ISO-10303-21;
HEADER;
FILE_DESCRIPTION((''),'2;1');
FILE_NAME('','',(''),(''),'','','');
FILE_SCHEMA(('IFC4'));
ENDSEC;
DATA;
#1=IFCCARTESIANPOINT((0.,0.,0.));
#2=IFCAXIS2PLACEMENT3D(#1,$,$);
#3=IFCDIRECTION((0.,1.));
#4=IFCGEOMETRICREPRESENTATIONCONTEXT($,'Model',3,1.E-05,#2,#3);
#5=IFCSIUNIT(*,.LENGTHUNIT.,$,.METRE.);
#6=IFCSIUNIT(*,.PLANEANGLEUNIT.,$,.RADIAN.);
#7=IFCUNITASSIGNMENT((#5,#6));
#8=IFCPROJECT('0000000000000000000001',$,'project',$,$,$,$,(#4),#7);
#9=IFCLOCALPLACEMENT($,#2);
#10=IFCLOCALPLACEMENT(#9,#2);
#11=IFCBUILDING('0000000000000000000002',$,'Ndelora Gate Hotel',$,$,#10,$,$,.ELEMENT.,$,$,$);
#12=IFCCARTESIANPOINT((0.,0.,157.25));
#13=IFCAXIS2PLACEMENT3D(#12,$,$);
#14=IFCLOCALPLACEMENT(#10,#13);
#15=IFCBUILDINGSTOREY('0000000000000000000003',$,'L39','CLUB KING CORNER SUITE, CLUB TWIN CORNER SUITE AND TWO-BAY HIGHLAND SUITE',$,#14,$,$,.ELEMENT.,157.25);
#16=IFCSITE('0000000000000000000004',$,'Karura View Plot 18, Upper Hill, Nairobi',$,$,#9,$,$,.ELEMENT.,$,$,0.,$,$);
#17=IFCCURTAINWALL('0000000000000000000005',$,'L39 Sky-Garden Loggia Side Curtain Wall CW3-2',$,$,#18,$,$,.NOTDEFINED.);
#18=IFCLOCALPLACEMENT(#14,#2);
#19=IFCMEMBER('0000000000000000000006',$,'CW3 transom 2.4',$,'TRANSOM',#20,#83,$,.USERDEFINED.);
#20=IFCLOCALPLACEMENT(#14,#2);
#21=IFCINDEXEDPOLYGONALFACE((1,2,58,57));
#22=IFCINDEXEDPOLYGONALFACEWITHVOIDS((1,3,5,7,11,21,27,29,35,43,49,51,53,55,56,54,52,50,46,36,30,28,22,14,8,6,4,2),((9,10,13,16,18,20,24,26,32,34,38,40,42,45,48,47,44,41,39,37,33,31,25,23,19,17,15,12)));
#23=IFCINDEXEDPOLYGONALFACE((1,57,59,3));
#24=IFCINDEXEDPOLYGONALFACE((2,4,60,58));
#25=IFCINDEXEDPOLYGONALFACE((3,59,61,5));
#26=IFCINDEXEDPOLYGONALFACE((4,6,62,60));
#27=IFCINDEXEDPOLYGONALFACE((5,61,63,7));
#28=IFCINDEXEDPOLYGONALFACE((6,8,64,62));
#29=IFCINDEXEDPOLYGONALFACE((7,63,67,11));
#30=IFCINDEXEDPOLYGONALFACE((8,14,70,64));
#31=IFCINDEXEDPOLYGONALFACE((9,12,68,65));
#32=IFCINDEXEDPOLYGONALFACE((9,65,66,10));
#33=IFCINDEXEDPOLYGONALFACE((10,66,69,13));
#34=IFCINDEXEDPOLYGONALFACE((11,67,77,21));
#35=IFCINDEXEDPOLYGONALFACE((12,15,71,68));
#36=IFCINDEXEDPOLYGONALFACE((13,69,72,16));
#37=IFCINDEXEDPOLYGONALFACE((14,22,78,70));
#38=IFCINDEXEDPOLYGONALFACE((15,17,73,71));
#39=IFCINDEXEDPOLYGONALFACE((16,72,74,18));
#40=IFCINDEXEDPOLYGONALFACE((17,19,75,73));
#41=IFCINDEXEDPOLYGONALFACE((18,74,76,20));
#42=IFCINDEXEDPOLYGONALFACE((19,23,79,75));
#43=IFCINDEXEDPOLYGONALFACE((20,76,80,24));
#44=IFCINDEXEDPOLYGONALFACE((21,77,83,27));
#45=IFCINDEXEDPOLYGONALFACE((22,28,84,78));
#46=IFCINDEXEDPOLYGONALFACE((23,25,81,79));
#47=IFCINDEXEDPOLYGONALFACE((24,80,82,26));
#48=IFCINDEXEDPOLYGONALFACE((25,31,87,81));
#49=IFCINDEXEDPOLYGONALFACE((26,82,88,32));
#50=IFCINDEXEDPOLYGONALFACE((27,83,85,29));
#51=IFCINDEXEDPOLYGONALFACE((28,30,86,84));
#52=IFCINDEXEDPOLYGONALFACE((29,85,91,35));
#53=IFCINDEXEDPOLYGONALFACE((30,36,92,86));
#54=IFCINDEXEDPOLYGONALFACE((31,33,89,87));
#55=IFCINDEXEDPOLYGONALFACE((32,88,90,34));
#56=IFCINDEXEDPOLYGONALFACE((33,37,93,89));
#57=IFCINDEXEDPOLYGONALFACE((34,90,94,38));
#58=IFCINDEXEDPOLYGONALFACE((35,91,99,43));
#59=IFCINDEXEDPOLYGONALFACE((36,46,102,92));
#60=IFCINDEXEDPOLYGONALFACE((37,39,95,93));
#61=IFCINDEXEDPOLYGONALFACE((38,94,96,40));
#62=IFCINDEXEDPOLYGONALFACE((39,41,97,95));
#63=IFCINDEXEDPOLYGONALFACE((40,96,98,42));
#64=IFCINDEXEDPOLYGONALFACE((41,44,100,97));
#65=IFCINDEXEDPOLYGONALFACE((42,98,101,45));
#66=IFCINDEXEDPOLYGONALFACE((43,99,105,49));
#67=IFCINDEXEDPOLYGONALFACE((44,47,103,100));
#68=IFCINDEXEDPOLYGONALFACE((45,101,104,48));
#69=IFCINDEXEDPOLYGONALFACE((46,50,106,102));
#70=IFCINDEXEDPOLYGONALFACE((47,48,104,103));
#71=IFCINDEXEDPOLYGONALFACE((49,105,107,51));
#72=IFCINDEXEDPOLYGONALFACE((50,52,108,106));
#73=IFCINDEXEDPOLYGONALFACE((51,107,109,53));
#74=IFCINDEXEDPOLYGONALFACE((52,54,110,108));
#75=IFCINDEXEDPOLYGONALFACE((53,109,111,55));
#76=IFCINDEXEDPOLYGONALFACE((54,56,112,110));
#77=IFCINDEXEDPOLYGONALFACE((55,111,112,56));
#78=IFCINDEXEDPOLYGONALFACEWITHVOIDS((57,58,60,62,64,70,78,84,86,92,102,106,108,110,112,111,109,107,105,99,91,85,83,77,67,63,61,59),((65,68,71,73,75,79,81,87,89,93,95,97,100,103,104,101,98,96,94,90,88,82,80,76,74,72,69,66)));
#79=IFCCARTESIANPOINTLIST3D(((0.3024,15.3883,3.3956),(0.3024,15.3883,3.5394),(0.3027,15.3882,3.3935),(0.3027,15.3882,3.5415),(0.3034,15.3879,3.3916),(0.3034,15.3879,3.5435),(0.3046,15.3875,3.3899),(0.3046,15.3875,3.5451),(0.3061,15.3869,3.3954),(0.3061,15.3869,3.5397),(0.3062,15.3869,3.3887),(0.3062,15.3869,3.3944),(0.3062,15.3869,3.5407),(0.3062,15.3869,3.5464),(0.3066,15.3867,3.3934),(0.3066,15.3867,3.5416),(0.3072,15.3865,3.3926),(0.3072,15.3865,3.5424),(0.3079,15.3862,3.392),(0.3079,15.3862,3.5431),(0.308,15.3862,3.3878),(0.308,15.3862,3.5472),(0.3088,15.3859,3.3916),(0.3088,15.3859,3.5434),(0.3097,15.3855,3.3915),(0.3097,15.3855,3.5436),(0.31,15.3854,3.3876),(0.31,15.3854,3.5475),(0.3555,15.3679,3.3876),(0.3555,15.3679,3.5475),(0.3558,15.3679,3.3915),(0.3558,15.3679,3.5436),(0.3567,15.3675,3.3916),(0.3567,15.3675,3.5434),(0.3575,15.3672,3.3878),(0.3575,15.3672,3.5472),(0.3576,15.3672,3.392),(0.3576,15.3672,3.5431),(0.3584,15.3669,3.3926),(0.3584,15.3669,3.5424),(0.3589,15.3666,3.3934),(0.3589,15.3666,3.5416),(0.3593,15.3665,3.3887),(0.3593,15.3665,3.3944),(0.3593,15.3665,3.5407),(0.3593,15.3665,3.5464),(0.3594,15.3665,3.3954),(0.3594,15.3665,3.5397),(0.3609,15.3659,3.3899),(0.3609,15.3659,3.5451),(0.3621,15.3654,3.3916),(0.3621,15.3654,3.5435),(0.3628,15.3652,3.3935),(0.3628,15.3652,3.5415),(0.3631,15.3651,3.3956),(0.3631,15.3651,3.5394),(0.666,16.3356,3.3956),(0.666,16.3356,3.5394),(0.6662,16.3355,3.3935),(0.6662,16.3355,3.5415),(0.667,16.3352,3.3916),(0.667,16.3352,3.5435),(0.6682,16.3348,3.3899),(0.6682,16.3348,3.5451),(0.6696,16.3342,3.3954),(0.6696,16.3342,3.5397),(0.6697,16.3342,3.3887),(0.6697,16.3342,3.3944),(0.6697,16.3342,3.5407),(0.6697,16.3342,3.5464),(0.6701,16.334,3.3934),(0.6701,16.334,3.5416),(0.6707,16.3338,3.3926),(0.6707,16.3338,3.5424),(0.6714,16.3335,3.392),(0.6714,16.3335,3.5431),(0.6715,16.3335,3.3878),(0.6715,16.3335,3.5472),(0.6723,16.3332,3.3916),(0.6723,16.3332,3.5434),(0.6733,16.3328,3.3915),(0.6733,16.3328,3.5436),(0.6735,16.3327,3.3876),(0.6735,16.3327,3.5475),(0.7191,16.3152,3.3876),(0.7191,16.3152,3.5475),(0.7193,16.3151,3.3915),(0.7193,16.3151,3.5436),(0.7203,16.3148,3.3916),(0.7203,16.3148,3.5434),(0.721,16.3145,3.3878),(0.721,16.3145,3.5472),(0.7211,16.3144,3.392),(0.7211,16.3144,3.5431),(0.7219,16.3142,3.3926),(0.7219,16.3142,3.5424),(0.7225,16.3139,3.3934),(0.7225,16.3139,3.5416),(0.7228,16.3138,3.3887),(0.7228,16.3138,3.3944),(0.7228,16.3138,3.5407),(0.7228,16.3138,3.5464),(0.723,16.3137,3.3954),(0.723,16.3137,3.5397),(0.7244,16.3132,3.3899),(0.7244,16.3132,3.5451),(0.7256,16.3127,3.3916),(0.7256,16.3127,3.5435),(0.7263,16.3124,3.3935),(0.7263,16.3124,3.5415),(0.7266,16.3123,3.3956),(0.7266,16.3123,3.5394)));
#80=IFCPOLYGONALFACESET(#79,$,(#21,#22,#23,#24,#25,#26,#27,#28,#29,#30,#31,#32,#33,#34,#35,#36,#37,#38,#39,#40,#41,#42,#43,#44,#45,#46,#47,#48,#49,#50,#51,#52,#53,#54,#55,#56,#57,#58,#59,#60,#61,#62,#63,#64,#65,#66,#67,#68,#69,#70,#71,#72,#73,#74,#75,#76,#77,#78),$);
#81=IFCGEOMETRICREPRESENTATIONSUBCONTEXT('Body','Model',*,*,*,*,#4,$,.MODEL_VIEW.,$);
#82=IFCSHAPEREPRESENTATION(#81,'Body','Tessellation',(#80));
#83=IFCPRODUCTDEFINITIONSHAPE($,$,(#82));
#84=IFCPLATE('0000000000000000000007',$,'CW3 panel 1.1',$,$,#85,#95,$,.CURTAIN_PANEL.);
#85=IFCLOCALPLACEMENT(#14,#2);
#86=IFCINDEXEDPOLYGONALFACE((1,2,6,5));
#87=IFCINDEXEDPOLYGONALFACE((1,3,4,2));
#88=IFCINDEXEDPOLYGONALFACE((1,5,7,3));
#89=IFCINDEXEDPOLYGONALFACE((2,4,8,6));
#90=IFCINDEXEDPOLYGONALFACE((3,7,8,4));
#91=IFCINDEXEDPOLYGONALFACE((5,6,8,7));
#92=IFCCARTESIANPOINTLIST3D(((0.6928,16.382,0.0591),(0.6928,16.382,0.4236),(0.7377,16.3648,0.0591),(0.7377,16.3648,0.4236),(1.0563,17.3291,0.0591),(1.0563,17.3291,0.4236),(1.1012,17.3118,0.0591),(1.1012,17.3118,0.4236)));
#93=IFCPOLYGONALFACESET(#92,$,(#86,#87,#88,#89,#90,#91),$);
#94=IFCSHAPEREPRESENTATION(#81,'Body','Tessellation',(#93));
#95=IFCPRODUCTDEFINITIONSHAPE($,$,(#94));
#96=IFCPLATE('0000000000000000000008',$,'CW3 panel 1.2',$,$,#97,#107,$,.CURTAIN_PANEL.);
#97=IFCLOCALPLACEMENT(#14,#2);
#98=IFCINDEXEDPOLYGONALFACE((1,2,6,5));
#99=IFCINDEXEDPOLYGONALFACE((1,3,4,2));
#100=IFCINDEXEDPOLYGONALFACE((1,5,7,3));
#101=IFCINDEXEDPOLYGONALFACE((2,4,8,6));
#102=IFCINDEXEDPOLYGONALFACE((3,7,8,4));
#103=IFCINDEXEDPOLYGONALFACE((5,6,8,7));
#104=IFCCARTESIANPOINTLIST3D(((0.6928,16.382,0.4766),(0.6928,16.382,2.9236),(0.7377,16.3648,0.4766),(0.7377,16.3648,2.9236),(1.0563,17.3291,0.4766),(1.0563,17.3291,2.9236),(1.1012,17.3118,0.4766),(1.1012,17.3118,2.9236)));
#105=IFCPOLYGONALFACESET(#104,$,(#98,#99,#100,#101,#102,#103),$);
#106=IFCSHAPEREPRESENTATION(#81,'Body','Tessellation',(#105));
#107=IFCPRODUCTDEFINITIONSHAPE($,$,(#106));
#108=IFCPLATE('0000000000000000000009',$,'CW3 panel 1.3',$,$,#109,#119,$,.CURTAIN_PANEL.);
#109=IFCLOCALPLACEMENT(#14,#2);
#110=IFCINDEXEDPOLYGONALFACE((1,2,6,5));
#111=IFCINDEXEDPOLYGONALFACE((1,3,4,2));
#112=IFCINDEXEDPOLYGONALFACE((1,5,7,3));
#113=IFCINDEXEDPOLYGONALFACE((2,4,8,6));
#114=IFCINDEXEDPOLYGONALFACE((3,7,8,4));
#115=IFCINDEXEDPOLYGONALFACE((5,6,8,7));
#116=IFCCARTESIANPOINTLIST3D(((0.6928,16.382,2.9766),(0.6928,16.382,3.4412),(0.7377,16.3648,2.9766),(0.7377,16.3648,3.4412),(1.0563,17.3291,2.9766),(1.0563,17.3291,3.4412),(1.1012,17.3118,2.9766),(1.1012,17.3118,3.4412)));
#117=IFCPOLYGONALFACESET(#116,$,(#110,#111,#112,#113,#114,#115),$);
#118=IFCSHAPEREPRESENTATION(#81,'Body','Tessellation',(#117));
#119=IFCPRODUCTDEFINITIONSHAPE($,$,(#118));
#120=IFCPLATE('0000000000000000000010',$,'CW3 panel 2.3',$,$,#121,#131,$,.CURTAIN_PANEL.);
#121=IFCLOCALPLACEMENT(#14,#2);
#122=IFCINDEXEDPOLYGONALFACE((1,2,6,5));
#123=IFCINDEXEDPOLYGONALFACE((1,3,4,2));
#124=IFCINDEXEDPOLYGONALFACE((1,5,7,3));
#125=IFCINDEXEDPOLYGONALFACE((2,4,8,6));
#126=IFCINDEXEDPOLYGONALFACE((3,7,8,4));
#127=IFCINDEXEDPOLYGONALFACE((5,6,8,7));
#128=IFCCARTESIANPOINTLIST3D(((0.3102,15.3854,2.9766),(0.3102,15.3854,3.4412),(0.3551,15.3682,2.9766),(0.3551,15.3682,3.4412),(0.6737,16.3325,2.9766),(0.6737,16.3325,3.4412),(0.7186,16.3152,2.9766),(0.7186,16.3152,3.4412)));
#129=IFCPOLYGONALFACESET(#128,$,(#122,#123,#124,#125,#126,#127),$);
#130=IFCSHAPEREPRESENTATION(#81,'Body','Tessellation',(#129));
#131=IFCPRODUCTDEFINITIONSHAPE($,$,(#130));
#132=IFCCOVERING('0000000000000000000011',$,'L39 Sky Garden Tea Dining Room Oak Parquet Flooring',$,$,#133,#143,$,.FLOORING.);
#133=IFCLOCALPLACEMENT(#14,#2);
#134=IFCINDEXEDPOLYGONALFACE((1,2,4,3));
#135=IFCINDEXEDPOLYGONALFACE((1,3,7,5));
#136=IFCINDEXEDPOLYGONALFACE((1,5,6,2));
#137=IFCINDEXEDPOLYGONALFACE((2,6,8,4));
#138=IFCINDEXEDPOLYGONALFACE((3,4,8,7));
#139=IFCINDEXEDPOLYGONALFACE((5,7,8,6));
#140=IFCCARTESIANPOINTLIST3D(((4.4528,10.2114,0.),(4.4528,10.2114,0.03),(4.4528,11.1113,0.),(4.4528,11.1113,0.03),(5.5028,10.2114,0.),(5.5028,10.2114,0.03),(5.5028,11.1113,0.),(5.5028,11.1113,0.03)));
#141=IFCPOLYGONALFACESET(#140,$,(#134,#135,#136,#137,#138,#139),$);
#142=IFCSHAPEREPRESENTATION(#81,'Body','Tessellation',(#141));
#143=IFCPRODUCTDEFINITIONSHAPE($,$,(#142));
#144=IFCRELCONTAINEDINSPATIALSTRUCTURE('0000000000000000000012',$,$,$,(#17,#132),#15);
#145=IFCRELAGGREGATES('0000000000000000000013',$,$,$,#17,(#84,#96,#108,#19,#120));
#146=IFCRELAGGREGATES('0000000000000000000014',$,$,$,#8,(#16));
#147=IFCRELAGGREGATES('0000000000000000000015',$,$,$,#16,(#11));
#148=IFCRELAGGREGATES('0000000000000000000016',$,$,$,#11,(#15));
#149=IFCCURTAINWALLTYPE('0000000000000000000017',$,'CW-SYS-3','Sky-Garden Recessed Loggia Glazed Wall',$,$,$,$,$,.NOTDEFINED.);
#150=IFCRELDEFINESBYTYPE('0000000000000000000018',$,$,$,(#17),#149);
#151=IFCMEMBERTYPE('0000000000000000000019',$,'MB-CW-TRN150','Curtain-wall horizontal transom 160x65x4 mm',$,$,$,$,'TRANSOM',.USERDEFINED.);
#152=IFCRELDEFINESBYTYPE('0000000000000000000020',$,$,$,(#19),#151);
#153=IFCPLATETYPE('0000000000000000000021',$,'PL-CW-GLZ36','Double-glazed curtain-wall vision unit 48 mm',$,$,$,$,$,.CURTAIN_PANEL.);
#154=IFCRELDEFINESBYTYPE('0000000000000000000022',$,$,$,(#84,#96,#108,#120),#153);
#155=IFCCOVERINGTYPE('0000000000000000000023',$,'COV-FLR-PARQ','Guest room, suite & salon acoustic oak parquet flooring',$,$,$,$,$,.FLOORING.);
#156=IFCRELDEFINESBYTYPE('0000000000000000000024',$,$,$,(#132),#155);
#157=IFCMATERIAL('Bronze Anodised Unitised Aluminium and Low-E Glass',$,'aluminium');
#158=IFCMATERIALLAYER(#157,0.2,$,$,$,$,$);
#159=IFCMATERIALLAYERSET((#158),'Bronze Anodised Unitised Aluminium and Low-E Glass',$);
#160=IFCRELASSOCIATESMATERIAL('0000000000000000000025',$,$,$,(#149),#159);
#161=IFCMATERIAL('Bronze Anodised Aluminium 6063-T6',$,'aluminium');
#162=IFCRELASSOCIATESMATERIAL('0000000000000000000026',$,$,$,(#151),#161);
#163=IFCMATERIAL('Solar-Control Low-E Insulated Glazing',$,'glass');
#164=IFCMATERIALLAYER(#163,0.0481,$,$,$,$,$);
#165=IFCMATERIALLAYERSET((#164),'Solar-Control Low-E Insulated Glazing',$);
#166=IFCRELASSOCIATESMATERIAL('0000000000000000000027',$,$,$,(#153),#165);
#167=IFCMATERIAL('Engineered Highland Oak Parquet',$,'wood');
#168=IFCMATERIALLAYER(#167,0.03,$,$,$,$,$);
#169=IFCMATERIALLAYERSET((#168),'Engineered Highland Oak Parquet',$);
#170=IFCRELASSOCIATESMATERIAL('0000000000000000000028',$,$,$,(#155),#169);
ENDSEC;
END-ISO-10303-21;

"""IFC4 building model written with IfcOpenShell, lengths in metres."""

from ifc_helpers import new_model, si_unit, direction, frame, origin, origin_2d, place, context, subcontext, project, spatial, rectangle, hollow_rectangle, extrude, material, layer, layer_set, material_profile, profile_set, type_object, element, aggregate, save


model = new_model("IFC4")

# Units and contexts
model_context = context("Model", 3, precision=1e-05, world=origin(), true_north=direction((0.0, 1.0)))
body_context = subcontext(model_context, "Body", "Model", "MODEL_VIEW")
ifc_project = project(units=[si_unit("LENGTHUNIT", "METRE"), si_unit("PLANEANGLEUNIT", "RADIAN")], contexts=[model_context])

# Site, building, storey
site_placement = place(None, origin())
site = spatial("IfcSite", under=ifc_project, at=site_placement, Name="Karura View Plot 18, Upper Hill, Nairobi", CompositionType="ELEMENT", RefElevation=0.0)
building_placement = place(site_placement, origin())
building = spatial("IfcBuilding", under=site, at=building_placement, Name="Ndelora Gate Hotel", CompositionType="ELEMENT")
storey_placement = place(building_placement, frame((0.0, 0.0, 157.25)))
storey = spatial("IfcBuildingStorey", under=building, at=storey_placement, Name="L39", Description="CLUB KING CORNER SUITE, CLUB TWIN CORNER SUITE AND TWO-BAY HIGHLAND SUITE", CompositionType="ELEMENT", Elevation=157.25)

# Curtain wall, member, plates
ifc_material_1 = material(Name="Bronze Anodised Unitised Aluminium and Low-E Glass", Category="aluminium")
ifc_layer_1 = layer(ifc_material_1, 0.2)
ifc_layer_set_1 = layer_set([ifc_layer_1], Name="Bronze Anodised Unitised Aluminium and Low-E Glass")
curtain_wall_type = type_object("IfcCurtainWallType", Name="CW-SYS-3", Description="Sky-Garden Recessed Loggia Glazed Wall", PredefinedType="NOTDEFINED", material=ifc_layer_set_1)
curtain_wall_placement = place(storey_placement, origin())
curtain_wall = element("IfcCurtainWall", 1, at=curtain_wall_placement, inside=storey, type_object=curtain_wall_type, Name="L39 Sky-Garden Loggia Side Curtain Wall CW3-2", PredefinedType="NOTDEFINED")
ifc_material_2 = material(Name="Bronze Anodised Aluminium 6063-T6", Category="aluminium")
ifc_material_profile_1 = material_profile(ifc_material_2, hollow_rectangle(XDim=0.0649, YDim=0.1599, WallThickness=0.0039, InnerFilletRadius=0.0039, OuterFilletRadius=0.0081, at=origin_2d()), Name="ALU 160x65x4")
ifc_profile_set_1 = profile_set([ifc_material_profile_1], Name="Bronze Anodised Aluminium 6063-T6")
member_type_1 = type_object("IfcMemberType", Name="MB-CW-TRN150", Description="Curtain-wall horizontal transom 160x65x4 mm", ElementType="TRANSOM", PredefinedType="USERDEFINED", material=ifc_profile_set_1)
member_1_placement = place(storey_placement, frame((0.6963, 16.324, 3.4675), z_axis=(-0.358286, -0.933612, 0.0), x_axis=(0.933612, -0.358286, 0.0)))
member_1 = element("IfcMember", 2, at=member_1_placement, type_object=member_type_1, Name="CW3 transom 2.4", ObjectType="TRANSOM", PredefinedType="USERDEFINED", context=body_context, shape_type="SweptSolid", body=[
    extrude(hollow_rectangle(XDim=0.0649, YDim=0.1599, WallThickness=0.0039, InnerFilletRadius=0.0039, OuterFilletRadius=0.0081, at=origin_2d()), origin(), (0.0, 0.0, 1.0), 1.0146),
])
ifc_material_3 = material(Name="Solar-Control Low-E Insulated Glazing", Category="glass")
ifc_layer_2 = layer(ifc_material_3, 0.0481)
ifc_layer_set_2 = layer_set([ifc_layer_2], Name="Solar-Control Low-E Insulated Glazing")
plate_type = type_object("IfcPlateType", Name="PL-CW-GLZ36", Description="Double-glazed curtain-wall vision unit 48 mm", PredefinedType="CURTAIN_PANEL", material=ifc_layer_set_2)
plate_1_placement = place(storey_placement, frame((0.897, 16.8469, 0.0591), z_axis=(0.0, 0.0, 1.0), x_axis=(-0.358376, -0.933577, 0.0)))
plate_1 = element("IfcPlate", 3, at=plate_1_placement, type_object=plate_type, Name="CW3 panel 1.1", PredefinedType="CURTAIN_PANEL", context=body_context, shape_type="SweptSolid", body=[
    extrude(rectangle(XDim=1.0144, YDim=0.0481, at=origin_2d()), origin(), (0.0, 0.0, 1.0), 0.3645),
])
plate_2_placement = place(storey_placement, frame((0.897, 16.8469, 0.4766), z_axis=(0.0, 0.0, 1.0), x_axis=(-0.358376, -0.933577, 0.0)))
plate_2 = element("IfcPlate", 4, at=plate_2_placement, type_object=plate_type, Name="CW3 panel 1.2", PredefinedType="CURTAIN_PANEL", context=body_context, shape_type="SweptSolid", body=[
    extrude(rectangle(XDim=1.0144, YDim=0.0481, at=origin_2d()), origin(), (0.0, 0.0, 1.0), 2.447),
])
plate_3_placement = place(storey_placement, frame((0.897, 16.8469, 2.9766), z_axis=(0.0, 0.0, 1.0), x_axis=(-0.358376, -0.933577, 0.0)))
plate_3 = element("IfcPlate", 5, at=plate_3_placement, type_object=plate_type, Name="CW3 panel 1.3", PredefinedType="CURTAIN_PANEL", context=body_context, shape_type="SweptSolid", body=[
    extrude(rectangle(XDim=1.0144, YDim=0.0481, at=origin_2d()), origin(), (0.0, 0.0, 1.0), 0.4646),
])
plate_4_placement = place(storey_placement, frame((0.5144, 15.8503, 2.9766), z_axis=(0.0, 0.0, 1.0), x_axis=(-0.358376, -0.933577, 0.0)))
plate_4 = element("IfcPlate", 6, at=plate_4_placement, type_object=plate_type, Name="CW3 panel 2.3", PredefinedType="CURTAIN_PANEL", context=body_context, shape_type="SweptSolid", body=[
    extrude(rectangle(XDim=1.0144, YDim=0.0481, at=origin_2d()), origin(), (0.0, 0.0, 1.0), 0.4646),
])
aggregate(curtain_wall, [plate_1, plate_2, plate_3, member_1, plate_4])

# Covering
ifc_material_4 = material(Name="Engineered Highland Oak Parquet", Category="wood")
ifc_layer_3 = layer(ifc_material_4, 0.03)
ifc_layer_set_3 = layer_set([ifc_layer_3], Name="Engineered Highland Oak Parquet")
covering_type = type_object("IfcCoveringType", Name="COV-FLR-PARQ", Description="Guest room, suite & salon acoustic oak parquet flooring", PredefinedType="FLOORING", material=ifc_layer_set_3)
covering_placement = place(storey_placement, frame((4.9778, 10.6614, 0.0), z_axis=(0.0, 0.0, 1.0), x_axis=(1.0, 0.0, 0.0)))
element("IfcCovering", 7, at=covering_placement, inside=storey, type_object=covering_type, Name="L39 Sky Garden Tea Dining Room Oak Parquet Flooring", PredefinedType="FLOORING", context=body_context, shape_type="SweptSolid", body=[
    extrude(rectangle(XDim=1.05, YDim=0.8999, at=origin_2d()), origin(), (0.0, 0.0, 1.0), 0.03),
])

save(model, "model.ifc")
